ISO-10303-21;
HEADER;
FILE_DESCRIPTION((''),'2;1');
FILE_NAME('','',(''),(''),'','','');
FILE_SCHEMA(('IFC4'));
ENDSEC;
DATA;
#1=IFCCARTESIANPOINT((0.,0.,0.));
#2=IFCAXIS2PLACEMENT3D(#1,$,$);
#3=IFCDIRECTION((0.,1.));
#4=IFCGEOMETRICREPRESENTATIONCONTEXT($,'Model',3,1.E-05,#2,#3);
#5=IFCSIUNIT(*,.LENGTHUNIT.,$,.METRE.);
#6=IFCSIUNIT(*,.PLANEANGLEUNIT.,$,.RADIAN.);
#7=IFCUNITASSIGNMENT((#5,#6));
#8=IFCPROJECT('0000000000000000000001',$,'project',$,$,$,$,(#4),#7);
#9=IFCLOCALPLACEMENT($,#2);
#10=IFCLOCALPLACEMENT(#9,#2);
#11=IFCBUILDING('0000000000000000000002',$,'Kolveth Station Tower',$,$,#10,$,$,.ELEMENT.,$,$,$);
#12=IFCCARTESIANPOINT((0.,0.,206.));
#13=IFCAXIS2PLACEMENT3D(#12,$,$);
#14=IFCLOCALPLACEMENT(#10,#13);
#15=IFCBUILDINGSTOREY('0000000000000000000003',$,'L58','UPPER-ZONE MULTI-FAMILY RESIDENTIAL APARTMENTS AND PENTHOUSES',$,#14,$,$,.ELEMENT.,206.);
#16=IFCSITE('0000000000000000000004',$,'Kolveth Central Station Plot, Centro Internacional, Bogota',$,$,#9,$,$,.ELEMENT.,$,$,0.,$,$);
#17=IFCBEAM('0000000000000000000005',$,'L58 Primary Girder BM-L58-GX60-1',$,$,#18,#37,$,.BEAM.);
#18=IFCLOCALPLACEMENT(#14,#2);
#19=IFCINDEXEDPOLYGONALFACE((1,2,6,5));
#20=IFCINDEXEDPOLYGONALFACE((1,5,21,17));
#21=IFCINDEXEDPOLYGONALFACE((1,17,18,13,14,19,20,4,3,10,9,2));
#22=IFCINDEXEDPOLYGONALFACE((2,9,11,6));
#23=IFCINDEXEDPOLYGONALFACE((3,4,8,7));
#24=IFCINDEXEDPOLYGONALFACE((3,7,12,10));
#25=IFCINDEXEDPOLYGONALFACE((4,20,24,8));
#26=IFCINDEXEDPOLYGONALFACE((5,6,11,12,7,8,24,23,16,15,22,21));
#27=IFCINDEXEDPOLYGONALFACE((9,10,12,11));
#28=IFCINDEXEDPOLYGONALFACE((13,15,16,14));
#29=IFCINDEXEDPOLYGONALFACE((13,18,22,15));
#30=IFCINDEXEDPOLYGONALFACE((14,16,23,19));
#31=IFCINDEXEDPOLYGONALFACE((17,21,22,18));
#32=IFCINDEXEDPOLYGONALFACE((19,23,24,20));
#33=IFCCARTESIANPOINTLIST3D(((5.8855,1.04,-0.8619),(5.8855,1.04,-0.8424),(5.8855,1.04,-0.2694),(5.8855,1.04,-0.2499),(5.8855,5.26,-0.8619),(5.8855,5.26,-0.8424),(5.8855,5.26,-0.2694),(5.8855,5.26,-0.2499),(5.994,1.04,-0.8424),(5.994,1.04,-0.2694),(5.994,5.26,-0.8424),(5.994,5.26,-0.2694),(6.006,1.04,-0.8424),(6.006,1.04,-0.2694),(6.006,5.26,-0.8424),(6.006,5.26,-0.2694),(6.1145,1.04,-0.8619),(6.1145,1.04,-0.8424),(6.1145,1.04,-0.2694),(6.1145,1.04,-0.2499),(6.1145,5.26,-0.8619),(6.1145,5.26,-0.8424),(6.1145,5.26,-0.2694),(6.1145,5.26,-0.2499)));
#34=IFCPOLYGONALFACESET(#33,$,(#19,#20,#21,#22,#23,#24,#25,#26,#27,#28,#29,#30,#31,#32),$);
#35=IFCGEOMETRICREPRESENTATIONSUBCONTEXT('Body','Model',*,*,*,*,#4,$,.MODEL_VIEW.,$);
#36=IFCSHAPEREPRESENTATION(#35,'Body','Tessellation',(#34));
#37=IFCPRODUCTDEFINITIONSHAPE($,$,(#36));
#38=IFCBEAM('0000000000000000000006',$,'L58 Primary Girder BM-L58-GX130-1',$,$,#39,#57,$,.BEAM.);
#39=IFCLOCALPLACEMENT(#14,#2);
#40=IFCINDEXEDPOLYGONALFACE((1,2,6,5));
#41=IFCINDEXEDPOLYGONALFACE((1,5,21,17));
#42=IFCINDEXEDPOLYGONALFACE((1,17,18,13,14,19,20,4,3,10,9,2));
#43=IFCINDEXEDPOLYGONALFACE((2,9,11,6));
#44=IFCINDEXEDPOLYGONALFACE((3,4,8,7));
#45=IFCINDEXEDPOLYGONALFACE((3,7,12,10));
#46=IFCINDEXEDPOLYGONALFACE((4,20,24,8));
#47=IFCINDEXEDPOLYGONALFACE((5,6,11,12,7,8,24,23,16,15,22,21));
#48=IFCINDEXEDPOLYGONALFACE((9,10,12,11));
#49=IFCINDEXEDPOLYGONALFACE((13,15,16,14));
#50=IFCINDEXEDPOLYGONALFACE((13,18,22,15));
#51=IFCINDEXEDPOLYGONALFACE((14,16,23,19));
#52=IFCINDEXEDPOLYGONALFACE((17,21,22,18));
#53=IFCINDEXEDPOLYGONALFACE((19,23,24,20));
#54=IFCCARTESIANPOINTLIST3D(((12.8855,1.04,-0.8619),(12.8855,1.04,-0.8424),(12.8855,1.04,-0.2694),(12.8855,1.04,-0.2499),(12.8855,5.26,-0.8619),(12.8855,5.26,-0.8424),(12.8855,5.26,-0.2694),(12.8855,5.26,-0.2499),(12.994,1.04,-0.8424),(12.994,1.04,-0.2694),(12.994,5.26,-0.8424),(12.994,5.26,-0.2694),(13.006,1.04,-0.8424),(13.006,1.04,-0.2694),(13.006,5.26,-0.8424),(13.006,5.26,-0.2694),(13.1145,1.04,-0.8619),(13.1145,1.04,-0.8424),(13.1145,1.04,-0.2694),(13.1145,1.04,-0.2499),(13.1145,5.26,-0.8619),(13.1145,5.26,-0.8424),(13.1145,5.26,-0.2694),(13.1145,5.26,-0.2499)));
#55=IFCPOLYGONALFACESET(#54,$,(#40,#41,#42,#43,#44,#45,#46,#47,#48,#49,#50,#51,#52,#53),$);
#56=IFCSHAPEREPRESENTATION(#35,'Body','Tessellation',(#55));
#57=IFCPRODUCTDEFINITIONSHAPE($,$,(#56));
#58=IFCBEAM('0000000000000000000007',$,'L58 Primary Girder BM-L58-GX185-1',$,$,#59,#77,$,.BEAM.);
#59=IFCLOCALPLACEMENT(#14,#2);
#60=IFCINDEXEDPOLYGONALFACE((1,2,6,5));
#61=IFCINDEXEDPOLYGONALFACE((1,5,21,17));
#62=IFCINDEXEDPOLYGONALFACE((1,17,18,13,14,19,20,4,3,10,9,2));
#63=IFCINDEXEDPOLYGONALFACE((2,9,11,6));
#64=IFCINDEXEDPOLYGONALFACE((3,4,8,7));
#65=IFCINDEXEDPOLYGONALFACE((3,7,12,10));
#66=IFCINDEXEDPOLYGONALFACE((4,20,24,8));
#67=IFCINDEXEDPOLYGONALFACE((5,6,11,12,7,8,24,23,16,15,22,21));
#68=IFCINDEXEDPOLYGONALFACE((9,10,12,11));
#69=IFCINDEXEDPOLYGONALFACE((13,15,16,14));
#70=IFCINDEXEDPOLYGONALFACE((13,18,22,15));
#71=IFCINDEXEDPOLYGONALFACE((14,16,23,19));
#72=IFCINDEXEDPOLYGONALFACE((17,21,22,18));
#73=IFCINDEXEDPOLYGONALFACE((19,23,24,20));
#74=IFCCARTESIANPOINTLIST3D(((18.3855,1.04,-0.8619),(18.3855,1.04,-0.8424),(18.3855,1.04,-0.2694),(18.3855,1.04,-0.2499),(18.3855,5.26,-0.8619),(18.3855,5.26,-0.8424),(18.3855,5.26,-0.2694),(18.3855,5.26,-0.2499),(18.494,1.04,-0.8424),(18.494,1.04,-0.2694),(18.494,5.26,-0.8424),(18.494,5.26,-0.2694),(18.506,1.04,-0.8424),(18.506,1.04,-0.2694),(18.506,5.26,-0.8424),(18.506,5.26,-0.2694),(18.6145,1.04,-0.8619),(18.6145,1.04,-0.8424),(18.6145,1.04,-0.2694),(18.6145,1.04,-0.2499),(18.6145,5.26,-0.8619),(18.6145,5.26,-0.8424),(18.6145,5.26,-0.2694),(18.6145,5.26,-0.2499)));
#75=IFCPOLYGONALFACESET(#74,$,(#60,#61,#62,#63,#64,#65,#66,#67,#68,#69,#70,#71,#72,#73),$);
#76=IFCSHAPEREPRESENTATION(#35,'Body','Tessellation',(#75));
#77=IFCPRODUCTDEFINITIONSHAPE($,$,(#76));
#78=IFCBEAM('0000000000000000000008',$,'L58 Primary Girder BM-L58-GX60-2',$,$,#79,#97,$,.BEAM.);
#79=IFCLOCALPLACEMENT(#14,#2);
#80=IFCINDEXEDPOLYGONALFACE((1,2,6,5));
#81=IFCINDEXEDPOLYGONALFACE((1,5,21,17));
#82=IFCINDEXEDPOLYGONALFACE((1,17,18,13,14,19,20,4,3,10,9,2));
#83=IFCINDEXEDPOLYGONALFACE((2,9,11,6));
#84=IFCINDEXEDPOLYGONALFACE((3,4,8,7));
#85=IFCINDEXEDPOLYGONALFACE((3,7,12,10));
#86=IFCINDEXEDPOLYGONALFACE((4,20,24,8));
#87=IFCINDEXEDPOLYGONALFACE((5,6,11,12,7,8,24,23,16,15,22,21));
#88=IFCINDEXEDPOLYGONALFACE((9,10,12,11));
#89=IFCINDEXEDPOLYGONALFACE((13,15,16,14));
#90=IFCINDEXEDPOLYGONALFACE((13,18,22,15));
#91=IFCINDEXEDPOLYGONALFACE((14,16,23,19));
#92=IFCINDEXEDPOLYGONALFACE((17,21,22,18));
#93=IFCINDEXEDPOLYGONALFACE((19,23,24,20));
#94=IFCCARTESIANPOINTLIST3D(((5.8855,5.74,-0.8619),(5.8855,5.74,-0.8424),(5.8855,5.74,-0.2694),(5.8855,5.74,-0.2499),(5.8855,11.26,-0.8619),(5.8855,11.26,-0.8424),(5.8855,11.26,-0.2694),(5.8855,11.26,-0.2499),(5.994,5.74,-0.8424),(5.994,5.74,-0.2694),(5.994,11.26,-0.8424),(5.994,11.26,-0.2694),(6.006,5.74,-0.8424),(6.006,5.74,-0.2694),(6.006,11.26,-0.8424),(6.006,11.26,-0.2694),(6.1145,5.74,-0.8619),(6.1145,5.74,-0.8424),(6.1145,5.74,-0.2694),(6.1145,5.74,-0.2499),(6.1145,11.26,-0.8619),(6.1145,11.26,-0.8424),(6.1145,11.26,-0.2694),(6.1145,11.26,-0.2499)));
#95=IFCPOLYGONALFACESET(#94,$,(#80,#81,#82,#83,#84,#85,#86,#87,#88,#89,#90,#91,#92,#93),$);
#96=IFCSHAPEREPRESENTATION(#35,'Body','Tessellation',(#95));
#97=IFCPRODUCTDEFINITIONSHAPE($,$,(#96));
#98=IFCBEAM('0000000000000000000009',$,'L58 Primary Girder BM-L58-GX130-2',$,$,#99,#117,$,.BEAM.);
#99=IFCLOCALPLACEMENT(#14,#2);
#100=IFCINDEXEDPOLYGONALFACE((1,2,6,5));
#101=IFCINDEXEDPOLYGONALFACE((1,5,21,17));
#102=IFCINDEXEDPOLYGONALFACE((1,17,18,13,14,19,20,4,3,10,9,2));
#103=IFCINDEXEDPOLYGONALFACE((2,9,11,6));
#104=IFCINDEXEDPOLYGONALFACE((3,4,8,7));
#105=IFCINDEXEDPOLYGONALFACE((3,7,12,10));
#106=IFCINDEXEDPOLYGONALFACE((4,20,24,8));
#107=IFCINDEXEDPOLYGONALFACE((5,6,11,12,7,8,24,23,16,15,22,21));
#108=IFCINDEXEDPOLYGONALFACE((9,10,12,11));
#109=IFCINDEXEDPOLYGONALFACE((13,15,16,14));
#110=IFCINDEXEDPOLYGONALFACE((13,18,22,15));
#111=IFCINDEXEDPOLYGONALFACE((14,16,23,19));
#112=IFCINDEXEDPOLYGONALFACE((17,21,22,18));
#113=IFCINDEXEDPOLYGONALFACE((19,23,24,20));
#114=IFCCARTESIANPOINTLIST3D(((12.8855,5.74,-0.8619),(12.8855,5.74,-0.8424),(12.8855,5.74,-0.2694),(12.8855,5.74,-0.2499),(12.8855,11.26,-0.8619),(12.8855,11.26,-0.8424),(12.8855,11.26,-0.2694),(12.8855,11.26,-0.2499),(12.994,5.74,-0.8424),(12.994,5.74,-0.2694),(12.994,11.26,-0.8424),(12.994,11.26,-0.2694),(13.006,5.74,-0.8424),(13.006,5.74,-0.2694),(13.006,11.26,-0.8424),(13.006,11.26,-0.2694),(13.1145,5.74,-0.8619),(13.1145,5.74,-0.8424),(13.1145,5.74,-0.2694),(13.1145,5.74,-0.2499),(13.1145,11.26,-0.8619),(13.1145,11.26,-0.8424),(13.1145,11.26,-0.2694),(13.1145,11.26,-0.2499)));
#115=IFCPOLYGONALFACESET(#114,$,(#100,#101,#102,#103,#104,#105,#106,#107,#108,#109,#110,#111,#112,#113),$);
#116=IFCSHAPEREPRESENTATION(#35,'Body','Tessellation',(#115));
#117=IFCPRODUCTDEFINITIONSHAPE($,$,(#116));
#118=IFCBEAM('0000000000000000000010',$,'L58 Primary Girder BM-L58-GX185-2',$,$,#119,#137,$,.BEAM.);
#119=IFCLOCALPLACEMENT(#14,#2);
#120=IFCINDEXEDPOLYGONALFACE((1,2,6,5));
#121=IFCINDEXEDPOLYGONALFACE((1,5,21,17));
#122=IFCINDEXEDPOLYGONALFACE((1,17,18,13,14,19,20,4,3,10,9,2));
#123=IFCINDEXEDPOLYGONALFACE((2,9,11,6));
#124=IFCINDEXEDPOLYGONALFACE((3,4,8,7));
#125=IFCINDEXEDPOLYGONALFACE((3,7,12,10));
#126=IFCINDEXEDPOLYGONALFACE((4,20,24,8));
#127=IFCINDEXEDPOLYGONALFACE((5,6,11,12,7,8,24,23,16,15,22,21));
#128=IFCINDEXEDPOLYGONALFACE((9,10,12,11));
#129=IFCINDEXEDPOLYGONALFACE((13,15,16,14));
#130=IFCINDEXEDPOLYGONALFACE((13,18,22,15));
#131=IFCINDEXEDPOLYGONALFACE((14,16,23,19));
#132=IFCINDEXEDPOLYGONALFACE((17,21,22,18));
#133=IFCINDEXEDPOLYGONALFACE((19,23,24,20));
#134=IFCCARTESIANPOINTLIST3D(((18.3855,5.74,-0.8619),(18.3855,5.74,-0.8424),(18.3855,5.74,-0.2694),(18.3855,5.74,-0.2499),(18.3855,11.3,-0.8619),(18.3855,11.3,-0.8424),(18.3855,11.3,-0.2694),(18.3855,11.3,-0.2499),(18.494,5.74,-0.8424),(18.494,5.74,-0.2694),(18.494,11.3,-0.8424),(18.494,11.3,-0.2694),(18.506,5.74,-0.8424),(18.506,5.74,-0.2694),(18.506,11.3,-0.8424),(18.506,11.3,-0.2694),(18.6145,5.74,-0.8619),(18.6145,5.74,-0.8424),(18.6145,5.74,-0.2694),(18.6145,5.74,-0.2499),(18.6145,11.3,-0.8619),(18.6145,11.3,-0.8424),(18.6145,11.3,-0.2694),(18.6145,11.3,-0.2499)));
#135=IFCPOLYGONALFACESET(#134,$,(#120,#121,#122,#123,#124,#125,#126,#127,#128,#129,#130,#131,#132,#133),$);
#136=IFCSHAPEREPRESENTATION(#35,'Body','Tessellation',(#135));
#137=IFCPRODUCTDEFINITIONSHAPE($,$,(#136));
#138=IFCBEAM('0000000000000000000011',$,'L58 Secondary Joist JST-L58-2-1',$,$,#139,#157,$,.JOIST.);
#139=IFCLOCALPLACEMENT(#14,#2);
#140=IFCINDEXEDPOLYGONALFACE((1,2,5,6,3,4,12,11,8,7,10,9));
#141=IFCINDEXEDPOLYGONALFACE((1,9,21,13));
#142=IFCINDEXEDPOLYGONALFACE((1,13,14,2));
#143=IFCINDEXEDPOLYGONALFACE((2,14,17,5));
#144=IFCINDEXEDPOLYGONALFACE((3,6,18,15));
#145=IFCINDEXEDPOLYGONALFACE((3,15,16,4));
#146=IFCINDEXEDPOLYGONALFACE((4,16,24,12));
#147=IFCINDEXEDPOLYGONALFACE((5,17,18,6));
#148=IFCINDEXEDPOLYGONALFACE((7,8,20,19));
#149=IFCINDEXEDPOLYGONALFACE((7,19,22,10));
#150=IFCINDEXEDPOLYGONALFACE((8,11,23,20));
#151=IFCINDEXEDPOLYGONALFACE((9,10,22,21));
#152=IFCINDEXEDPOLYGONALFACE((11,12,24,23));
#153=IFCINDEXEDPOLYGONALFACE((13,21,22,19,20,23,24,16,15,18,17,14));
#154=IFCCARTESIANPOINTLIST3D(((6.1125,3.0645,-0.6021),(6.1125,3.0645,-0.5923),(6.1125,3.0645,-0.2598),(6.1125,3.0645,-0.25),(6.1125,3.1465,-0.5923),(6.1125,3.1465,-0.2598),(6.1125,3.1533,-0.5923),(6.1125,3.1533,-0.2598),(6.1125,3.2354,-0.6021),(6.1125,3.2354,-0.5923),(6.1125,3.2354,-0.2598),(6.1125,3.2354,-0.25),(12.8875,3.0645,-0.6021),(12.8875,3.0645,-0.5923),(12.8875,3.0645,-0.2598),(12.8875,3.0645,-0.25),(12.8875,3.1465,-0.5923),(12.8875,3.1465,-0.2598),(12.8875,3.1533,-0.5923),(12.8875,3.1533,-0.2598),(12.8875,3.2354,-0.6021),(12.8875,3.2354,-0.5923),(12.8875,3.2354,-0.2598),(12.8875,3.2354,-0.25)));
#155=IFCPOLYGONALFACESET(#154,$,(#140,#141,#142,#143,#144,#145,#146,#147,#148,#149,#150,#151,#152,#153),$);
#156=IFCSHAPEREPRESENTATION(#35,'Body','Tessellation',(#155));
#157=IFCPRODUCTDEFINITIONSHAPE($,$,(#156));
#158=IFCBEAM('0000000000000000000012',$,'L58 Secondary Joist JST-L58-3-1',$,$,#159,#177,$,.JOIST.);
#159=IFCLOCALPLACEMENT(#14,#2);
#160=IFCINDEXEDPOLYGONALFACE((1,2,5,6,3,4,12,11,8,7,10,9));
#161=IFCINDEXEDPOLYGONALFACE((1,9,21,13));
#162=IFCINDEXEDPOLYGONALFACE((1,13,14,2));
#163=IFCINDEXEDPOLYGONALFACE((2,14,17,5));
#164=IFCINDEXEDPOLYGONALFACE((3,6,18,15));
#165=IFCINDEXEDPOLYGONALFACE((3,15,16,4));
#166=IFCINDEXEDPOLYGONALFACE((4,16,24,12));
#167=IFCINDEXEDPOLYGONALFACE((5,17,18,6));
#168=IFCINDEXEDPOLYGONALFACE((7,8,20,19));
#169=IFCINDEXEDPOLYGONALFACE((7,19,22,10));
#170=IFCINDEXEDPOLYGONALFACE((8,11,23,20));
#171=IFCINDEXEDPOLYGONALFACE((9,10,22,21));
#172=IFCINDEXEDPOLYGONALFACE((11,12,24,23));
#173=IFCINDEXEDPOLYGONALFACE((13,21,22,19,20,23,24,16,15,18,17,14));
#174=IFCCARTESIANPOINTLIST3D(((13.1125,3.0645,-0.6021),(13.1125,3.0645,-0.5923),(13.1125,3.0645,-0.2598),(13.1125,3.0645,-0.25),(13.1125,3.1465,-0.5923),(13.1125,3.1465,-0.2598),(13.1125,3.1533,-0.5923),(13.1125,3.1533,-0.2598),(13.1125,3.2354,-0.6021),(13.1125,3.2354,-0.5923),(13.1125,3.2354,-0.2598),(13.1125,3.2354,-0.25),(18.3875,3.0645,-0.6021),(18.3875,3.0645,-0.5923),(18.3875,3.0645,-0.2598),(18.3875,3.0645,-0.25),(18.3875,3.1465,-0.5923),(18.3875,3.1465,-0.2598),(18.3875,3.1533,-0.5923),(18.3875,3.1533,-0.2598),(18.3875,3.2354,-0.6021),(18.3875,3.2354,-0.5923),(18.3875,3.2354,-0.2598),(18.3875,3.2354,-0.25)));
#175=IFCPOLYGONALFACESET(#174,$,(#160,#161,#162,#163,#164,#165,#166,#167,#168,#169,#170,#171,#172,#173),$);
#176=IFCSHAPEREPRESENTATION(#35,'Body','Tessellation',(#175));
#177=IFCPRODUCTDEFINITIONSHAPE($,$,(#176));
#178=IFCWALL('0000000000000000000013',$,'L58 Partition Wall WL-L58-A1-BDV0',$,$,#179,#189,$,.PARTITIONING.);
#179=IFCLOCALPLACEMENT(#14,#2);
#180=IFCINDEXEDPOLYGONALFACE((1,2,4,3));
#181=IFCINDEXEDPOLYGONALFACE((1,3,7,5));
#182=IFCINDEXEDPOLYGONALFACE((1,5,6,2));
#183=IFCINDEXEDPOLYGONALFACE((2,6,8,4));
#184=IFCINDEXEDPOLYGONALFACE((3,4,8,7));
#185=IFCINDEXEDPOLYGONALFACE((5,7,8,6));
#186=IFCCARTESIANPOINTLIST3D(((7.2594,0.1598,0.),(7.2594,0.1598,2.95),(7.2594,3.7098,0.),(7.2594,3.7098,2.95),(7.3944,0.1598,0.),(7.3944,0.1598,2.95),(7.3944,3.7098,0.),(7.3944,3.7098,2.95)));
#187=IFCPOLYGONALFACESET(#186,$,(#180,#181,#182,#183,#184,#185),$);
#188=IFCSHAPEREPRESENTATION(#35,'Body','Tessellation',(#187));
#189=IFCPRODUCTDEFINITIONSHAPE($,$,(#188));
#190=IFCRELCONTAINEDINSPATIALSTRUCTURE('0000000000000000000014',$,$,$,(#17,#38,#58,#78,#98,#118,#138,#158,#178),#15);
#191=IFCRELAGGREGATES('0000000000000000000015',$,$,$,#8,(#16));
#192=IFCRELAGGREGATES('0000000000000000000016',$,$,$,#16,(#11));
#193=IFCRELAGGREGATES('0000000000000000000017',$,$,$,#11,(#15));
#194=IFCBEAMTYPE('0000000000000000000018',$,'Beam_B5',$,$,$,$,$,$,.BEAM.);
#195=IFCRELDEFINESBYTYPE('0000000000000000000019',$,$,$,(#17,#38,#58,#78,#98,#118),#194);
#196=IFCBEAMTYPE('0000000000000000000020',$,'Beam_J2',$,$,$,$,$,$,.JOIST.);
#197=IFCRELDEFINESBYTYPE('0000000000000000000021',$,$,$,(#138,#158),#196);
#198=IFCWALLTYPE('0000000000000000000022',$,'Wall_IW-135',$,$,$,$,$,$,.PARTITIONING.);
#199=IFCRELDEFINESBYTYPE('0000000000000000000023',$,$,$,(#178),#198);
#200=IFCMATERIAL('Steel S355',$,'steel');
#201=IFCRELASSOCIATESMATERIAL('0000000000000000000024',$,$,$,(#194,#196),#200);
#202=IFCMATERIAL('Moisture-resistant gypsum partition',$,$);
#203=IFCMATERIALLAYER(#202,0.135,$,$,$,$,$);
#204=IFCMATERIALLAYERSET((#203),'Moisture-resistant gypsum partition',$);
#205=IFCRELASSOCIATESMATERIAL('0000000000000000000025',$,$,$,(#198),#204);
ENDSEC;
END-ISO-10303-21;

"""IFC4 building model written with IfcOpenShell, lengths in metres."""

from ifc_helpers import new_model, si_unit, direction, frame, frame_2d, origin, origin_2d, place, context, subcontext, project, spatial, rectangle, i_section, extrude, source, transform, mapped, material, layer, layer_set, material_profile, profile_set, type_object, element, save


model = new_model("IFC4")

# Units and contexts
model_context = context("Model", 3, precision=1e-05, world=origin(), true_north=direction((0.0, 1.0)))
body_context = subcontext(model_context, "Body", "Model", "MODEL_VIEW")
ifc_project = project(units=[si_unit("LENGTHUNIT", "METRE"), si_unit("PLANEANGLEUNIT", "RADIAN")], contexts=[model_context])

# Site, building, storey
site_placement = place(None, origin())
site = spatial("IfcSite", under=ifc_project, at=site_placement, Name="Kolveth Central Station Plot, Centro Internacional, Bogota", CompositionType="ELEMENT", RefElevation=0.0)
building_placement = place(site_placement, origin())
building = spatial("IfcBuilding", under=site, at=building_placement, Name="Kolveth Station Tower", CompositionType="ELEMENT")
storey_placement = place(building_placement, frame((0.0, 0.0, 206.0)))
storey = spatial("IfcBuildingStorey", under=building, at=storey_placement, Name="L58", Description="UPPER-ZONE MULTI-FAMILY RESIDENTIAL APARTMENTS AND PENTHOUSES", CompositionType="ELEMENT", Elevation=206.0)

# Shared definitions
ifc_material_1 = material(Name="Steel S355", Category="steel")

# Beams
ifc_material_profile_1 = material_profile(ifc_material_1, i_section(OverallWidth=0.229, OverallDepth=0.6121, WebThickness=0.012, FlangeThickness=0.0195, at=origin_2d()), Name="W610x125")
ifc_profile_set_1 = profile_set([ifc_material_profile_1], Name="Steel S355")
beam_type_1 = type_object("IfcBeamType", Name="Beam_B5", PredefinedType="BEAM", material=ifc_profile_set_1)
shared_shape_1 = source(origin(), body_context, "Body", "SweptSolid", [
    extrude(i_section(OverallWidth=0.229, OverallDepth=0.6121, WebThickness=0.012, FlangeThickness=0.0195, at=origin_2d()), origin(), (0.0, 0.0, 1.0), 4.22),
])
for number, where, z_axis, x_axis, name in (
    (1, (6.0, 1.04, -0.5559), (0.0, 1.0, 0.0), (-1.0, 0.0, 0.0), "L58 Primary Girder BM-L58-GX60-1"),
    (2, (13.0, 1.04, -0.5559), (0.0, 1.0, 0.0), (-1.0, 0.0, 0.0), "L58 Primary Girder BM-L58-GX130-1"),
    (3, (18.5, 1.04, -0.5559), (0.0, 1.0, 0.0), (-1.0, 0.0, 0.0), "L58 Primary Girder BM-L58-GX185-1"),
):
    element("IfcBeam", number, at=place(storey_placement, frame(where, z_axis=z_axis, x_axis=x_axis)), inside=storey, type_object=beam_type_1, Name=name, PredefinedType="BEAM", context=body_context, shape_type="MappedRepresentation", body=[
        mapped(shared_shape_1, transform((0.0, 0.0, 0.0), x_axis=(1.0, 0.0, 0.0), y_axis=(0.0, 1.0, 0.0), z_axis=(0.0, 0.0, 1.0), scale=1.0)),
    ])
shared_shape_2 = source(origin(), body_context, "Body", "SweptSolid", [
    extrude(i_section(OverallWidth=0.229, OverallDepth=0.6121, WebThickness=0.012, FlangeThickness=0.0195, at=origin_2d()), origin(), (0.0, 0.0, 1.0), 5.52),
])
for number, where, z_axis, x_axis, name in (
    (4, (6.0, 5.74, -0.5559), (0.0, 1.0, 0.0), (-1.0, 0.0, 0.0), "L58 Primary Girder BM-L58-GX60-2"),
    (5, (13.0, 5.74, -0.5559), (0.0, 1.0, 0.0), (-1.0, 0.0, 0.0), "L58 Primary Girder BM-L58-GX130-2"),
):
    element("IfcBeam", number, at=place(storey_placement, frame(where, z_axis=z_axis, x_axis=x_axis)), inside=storey, type_object=beam_type_1, Name=name, PredefinedType="BEAM", context=body_context, shape_type="MappedRepresentation", body=[
        mapped(shared_shape_2, transform((0.0, 0.0, 0.0), x_axis=(1.0, 0.0, 0.0), y_axis=(0.0, 1.0, 0.0), z_axis=(0.0, 0.0, 1.0), scale=1.0)),
    ])
shared_shape_3 = source(origin(), body_context, "Body", "SweptSolid", [
    extrude(i_section(OverallWidth=0.229, OverallDepth=0.6121, WebThickness=0.012, FlangeThickness=0.0195, at=origin_2d()), origin(), (0.0, 0.0, 1.0), 5.5601),
])
beam_1_placement = place(storey_placement, frame((18.5, 5.74, -0.5559), z_axis=(0.0, 1.0, 0.0), x_axis=(-1.0, 0.0, 0.0)))
element("IfcBeam", 6, at=beam_1_placement, inside=storey, type_object=beam_type_1, Name="L58 Primary Girder BM-L58-GX185-2", PredefinedType="BEAM", context=body_context, shape_type="MappedRepresentation", body=[
    mapped(shared_shape_3, transform((0.0, 0.0, 0.0), x_axis=(1.0, 0.0, 0.0), y_axis=(0.0, 1.0, 0.0), z_axis=(0.0, 0.0, 1.0), scale=1.0)),
])
ifc_material_profile_2 = material_profile(ifc_material_1, i_section(OverallWidth=0.1709, OverallDepth=0.3521, WebThickness=0.0068, FlangeThickness=0.0098, at=origin_2d()), Name="W360x44")
ifc_profile_set_2 = profile_set([ifc_material_profile_2], Name="Steel S355")
beam_type_2 = type_object("IfcBeamType", Name="Beam_J2", PredefinedType="JOIST", material=ifc_profile_set_2)
shared_shape_4 = source(origin(), body_context, "Body", "SweptSolid", [
    extrude(i_section(OverallWidth=0.1709, OverallDepth=0.3521, WebThickness=0.0068, FlangeThickness=0.0098, at=origin_2d()), origin(), (0.0, 0.0, 1.0), 6.7749),
])
beam_2_placement = place(storey_placement, frame((6.1125, 3.1499, -0.426), z_axis=(1.0, 0.0, 0.0), x_axis=(0.0, 1.0, 0.0)))
element("IfcBeam", 7, at=beam_2_placement, inside=storey, type_object=beam_type_2, Name="L58 Secondary Joist JST-L58-2-1", PredefinedType="JOIST", context=body_context, shape_type="MappedRepresentation", body=[
    mapped(shared_shape_4, transform((0.0, 0.0, 0.0), x_axis=(1.0, 0.0, 0.0), y_axis=(0.0, 1.0, 0.0), z_axis=(0.0, 0.0, 1.0), scale=1.0)),
])
shared_shape_5 = source(origin(), body_context, "Body", "SweptSolid", [
    extrude(i_section(OverallWidth=0.1709, OverallDepth=0.3521, WebThickness=0.0068, FlangeThickness=0.0098, at=origin_2d()), origin(), (0.0, 0.0, 1.0), 5.2749),
])
beam_3_placement = place(storey_placement, frame((13.1125, 3.1499, -0.426), z_axis=(1.0, 0.0, 0.0), x_axis=(0.0, 1.0, 0.0)))
element("IfcBeam", 8, at=beam_3_placement, inside=storey, type_object=beam_type_2, Name="L58 Secondary Joist JST-L58-3-1", PredefinedType="JOIST", context=body_context, shape_type="MappedRepresentation", body=[
    mapped(shared_shape_5, transform((0.0, 0.0, 0.0), x_axis=(1.0, 0.0, 0.0), y_axis=(0.0, 1.0, 0.0), z_axis=(0.0, 0.0, 1.0), scale=1.0)),
])

# Wall
ifc_material_2 = material(Name="Moisture-resistant gypsum partition")
ifc_layer_1 = layer(ifc_material_2, 0.135)
ifc_layer_set_1 = layer_set([ifc_layer_1], Name="Moisture-resistant gypsum partition")
wall_type_1 = type_object("IfcWallType", Name="Wall_IW-135", PredefinedType="PARTITIONING", material=ifc_layer_set_1)
wall_1_placement = place(storey_placement, frame((7.3269, 0.1599, 0.0), z_axis=(0.0, 0.0, 1.0), x_axis=(0.0, 1.0, 0.0)))
element("IfcWall", 9, at=wall_1_placement, inside=storey, type_object=wall_type_1, Name="L58 Partition Wall WL-L58-A1-BDV0", PredefinedType="PARTITIONING", context=body_context, shape_type="SweptSolid", body=[
    extrude(rectangle(XDim=3.55, YDim=0.135, at=frame_2d((1.7749, 0.0))), origin(), (0.0, 0.0, 1.0), 2.95),
])

save(model, "model.ifc")
